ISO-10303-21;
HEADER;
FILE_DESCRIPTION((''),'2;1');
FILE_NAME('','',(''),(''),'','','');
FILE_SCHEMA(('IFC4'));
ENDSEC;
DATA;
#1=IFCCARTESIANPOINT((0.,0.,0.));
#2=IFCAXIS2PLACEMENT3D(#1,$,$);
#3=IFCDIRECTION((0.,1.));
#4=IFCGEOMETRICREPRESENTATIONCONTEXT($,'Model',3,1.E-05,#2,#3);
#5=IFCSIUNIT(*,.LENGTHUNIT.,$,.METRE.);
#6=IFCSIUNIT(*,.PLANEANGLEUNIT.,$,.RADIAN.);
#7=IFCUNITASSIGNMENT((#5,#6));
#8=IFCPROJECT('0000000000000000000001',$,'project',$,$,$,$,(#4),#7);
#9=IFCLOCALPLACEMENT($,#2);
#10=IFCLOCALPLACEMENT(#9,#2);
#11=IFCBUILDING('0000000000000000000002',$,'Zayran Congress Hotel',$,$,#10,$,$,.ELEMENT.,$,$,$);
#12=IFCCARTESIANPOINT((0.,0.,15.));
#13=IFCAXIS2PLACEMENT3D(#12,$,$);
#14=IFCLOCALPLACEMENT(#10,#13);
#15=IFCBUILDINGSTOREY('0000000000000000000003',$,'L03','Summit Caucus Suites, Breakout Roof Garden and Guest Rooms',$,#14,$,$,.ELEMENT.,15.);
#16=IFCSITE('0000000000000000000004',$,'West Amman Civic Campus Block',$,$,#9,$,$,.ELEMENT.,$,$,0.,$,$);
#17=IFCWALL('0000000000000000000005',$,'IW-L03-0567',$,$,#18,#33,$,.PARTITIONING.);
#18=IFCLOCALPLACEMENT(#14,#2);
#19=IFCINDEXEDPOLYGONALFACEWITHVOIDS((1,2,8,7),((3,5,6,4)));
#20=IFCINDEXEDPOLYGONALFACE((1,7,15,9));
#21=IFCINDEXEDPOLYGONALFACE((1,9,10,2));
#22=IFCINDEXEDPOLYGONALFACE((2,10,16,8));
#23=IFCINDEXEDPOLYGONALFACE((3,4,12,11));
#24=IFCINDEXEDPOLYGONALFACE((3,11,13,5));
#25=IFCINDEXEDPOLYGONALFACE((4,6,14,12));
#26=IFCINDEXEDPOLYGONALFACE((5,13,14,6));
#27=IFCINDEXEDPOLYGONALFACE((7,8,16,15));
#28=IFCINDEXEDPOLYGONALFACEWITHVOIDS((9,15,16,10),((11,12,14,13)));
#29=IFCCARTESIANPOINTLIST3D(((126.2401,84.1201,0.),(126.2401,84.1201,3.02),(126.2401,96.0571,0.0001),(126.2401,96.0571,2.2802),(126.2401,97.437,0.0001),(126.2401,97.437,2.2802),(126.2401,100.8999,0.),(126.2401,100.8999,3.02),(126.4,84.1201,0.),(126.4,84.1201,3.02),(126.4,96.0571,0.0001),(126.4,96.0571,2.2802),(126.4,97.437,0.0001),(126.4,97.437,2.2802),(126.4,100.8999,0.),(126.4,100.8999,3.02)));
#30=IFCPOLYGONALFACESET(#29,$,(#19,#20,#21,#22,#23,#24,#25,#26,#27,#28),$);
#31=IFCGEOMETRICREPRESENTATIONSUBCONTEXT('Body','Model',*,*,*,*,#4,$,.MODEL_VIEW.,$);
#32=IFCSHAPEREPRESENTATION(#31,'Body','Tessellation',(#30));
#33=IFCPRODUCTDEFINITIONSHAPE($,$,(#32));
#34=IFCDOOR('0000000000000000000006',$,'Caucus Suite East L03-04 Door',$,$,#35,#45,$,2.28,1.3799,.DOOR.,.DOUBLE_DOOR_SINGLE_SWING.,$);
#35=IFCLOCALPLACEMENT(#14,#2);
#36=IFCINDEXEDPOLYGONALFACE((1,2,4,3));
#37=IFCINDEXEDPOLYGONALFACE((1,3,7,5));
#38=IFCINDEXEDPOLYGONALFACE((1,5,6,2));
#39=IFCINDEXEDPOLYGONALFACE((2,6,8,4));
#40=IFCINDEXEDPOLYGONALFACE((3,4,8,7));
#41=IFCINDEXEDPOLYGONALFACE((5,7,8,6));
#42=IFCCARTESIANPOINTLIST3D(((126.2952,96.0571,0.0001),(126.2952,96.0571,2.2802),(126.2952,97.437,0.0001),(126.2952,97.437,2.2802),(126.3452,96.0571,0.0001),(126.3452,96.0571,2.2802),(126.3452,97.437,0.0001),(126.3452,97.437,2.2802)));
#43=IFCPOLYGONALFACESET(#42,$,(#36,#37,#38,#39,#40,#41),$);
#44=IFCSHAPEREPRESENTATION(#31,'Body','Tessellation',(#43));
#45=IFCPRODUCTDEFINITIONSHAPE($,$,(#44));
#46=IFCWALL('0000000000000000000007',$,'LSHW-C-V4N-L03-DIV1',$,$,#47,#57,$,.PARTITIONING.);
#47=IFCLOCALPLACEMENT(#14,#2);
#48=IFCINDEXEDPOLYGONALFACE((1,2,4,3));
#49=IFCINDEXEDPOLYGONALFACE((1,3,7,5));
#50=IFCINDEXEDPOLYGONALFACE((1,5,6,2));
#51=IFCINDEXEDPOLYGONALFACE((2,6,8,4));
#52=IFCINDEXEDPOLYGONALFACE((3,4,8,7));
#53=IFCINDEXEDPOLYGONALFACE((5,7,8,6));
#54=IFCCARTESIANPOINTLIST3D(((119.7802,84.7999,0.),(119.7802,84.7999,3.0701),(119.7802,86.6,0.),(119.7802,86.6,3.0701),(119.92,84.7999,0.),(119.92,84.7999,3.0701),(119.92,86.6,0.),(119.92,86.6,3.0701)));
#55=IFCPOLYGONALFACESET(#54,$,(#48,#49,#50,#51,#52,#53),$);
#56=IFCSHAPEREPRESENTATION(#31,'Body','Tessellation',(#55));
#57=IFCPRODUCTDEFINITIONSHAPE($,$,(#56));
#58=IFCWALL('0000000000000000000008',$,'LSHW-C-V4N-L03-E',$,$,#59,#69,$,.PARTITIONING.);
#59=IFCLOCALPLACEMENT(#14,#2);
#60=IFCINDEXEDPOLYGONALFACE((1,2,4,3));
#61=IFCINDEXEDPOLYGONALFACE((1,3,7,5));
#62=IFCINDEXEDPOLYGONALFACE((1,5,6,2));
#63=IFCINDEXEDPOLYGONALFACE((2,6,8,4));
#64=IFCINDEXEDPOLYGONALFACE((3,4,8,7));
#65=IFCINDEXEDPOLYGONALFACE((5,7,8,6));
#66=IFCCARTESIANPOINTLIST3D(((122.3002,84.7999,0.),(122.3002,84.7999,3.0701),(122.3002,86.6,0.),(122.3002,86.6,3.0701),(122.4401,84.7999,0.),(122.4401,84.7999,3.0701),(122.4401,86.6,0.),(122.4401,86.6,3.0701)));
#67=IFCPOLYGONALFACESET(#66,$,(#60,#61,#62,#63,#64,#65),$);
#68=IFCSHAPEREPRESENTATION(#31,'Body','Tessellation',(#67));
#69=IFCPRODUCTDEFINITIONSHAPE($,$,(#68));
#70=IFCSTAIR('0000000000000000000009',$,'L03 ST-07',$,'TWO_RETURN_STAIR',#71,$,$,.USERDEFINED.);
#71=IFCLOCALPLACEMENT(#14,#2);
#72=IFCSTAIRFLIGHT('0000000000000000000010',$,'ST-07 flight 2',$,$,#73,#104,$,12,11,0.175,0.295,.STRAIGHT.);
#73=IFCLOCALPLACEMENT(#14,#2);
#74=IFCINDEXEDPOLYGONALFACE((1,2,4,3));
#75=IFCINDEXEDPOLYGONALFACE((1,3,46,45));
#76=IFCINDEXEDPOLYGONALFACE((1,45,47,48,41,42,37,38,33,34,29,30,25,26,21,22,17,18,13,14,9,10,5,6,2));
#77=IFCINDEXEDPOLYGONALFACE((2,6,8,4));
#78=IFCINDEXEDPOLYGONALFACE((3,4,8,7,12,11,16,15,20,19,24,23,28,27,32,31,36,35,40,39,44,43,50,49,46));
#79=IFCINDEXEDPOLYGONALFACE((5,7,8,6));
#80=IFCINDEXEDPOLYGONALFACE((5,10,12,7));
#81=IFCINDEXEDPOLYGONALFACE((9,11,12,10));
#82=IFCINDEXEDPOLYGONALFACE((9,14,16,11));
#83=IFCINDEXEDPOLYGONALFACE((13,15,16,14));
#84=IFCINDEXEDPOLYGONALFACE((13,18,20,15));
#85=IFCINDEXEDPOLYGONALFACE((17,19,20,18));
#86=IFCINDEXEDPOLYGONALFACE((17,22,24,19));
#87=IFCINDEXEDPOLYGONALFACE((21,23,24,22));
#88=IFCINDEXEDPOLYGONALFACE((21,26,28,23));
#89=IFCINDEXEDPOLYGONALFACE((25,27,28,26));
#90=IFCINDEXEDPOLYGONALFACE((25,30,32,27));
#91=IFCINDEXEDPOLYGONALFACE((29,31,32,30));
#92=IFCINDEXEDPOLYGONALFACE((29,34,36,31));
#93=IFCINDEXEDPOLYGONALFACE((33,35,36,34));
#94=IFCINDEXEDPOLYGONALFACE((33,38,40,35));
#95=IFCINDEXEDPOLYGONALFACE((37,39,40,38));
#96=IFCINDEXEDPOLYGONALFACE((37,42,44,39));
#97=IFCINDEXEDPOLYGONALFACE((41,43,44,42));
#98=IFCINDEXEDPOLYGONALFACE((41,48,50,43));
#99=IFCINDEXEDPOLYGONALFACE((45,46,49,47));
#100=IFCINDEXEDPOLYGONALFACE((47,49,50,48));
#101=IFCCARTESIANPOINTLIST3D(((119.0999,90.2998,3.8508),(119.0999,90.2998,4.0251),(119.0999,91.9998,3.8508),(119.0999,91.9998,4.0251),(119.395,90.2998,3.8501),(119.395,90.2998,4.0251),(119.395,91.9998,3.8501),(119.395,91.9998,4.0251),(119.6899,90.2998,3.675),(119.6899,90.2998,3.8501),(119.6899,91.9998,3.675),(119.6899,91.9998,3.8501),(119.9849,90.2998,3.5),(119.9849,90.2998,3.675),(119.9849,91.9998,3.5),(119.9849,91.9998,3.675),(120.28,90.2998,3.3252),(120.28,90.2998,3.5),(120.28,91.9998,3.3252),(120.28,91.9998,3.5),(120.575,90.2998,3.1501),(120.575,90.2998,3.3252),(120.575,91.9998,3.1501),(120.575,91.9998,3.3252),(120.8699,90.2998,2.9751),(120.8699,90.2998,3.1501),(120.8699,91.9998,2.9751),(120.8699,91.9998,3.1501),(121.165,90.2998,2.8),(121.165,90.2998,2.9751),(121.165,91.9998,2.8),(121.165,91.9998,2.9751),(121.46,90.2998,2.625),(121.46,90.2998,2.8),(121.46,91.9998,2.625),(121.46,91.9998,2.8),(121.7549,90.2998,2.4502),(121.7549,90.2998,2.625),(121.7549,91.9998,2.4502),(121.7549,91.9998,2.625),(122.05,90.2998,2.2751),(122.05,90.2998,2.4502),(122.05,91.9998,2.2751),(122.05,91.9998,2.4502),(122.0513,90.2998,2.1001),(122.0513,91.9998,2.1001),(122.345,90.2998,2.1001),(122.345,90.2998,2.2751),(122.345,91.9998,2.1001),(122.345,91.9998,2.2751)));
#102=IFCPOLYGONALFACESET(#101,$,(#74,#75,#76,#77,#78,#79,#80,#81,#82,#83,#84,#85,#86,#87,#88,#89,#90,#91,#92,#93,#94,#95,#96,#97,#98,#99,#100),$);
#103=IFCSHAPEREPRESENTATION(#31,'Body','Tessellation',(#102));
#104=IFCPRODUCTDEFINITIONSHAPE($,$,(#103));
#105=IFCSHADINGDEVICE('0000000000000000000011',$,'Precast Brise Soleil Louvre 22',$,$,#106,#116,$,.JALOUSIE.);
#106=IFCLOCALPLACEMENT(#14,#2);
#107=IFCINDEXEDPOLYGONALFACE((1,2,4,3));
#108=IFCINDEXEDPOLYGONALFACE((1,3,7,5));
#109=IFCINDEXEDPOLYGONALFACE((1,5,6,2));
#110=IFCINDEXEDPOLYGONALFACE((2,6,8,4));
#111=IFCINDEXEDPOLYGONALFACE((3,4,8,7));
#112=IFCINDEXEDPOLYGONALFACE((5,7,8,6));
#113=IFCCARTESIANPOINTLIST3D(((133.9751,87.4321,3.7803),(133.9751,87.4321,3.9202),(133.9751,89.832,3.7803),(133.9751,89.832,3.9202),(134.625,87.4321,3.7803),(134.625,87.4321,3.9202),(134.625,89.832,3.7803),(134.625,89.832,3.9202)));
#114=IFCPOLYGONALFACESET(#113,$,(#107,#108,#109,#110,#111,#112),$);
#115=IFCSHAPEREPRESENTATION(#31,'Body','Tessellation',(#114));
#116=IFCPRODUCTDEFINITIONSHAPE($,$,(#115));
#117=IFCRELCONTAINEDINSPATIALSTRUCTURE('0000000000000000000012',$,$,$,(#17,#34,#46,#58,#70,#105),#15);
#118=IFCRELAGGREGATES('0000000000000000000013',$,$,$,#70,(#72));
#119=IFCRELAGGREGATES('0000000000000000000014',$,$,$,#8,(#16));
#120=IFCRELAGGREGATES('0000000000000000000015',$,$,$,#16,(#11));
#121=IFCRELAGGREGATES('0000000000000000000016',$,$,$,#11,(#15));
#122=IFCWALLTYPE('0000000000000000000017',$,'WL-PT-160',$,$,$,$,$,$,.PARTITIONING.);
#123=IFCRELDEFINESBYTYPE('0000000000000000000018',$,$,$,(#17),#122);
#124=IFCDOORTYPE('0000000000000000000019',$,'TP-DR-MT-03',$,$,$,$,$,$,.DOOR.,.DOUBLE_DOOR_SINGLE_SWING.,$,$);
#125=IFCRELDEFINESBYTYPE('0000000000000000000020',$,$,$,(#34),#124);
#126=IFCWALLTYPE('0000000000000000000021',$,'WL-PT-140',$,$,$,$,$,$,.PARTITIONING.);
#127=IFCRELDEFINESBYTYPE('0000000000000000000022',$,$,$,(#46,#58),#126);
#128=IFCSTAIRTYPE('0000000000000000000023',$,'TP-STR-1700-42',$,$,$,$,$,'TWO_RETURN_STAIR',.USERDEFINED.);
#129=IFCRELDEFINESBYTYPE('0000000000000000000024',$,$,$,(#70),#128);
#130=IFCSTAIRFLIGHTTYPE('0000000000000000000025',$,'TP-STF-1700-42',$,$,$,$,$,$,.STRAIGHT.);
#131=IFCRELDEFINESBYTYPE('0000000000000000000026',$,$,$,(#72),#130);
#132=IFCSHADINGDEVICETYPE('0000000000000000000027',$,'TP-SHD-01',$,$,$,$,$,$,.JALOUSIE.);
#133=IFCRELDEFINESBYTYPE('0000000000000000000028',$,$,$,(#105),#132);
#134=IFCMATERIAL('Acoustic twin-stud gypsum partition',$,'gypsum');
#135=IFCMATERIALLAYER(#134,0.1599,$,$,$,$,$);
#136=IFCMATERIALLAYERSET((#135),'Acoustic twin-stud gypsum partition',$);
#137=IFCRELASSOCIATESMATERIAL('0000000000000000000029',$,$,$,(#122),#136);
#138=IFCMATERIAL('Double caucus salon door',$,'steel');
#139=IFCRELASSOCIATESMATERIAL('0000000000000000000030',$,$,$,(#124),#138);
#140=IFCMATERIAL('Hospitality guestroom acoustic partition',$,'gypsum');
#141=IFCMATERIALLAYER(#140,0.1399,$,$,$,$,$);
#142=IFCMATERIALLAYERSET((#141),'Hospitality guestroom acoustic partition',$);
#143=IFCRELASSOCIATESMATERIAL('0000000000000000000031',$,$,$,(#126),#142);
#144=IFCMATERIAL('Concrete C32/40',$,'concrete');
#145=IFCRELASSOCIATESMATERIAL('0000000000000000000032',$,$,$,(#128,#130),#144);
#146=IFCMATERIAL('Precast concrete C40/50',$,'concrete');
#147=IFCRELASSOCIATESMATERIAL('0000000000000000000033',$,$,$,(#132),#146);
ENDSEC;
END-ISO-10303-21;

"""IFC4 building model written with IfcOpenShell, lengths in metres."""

from ifc_helpers import new_model, si_unit, direction, frame, frame_2d, origin, origin_2d, place, context, subcontext, project, spatial, polyline, rectangle, outline, extrude, material, layer, layer_set, type_object, element, fill, aggregate, save


model = new_model("IFC4")

# Units and contexts
model_context = context("Model", 3, precision=1e-05, world=origin(), true_north=direction((0.0, 1.0)))
body_context = subcontext(model_context, "Body", "Model", "MODEL_VIEW")
ifc_project = project(units=[si_unit("LENGTHUNIT", "METRE"), si_unit("PLANEANGLEUNIT", "RADIAN")], contexts=[model_context])

# Site, building, storey
site_placement = place(None, origin())
site = spatial("IfcSite", under=ifc_project, at=site_placement, Name="West Amman Civic Campus Block", CompositionType="ELEMENT", RefElevation=0.0)
building_placement = place(site_placement, origin())
building = spatial("IfcBuilding", under=site, at=building_placement, Name="Zayran Congress Hotel", CompositionType="ELEMENT")
storey_placement = place(building_placement, frame((0.0, 0.0, 15.0)))
storey = spatial("IfcBuildingStorey", under=building, at=storey_placement, Name="L03", Description="Summit Caucus Suites, Breakout Roof Garden and Guest Rooms", CompositionType="ELEMENT", Elevation=15.0)

# Shared definitions
ifc_material_1 = material(Name="Concrete C32/40", Category="concrete")

# Wall, opening, door
ifc_material_2 = material(Name="Acoustic twin-stud gypsum partition", Category="gypsum")
ifc_layer_1 = layer(ifc_material_2, 0.1599)
ifc_layer_set_1 = layer_set([ifc_layer_1], Name="Acoustic twin-stud gypsum partition")
wall_type_1 = type_object("IfcWallType", Name="WL-PT-160", PredefinedType="PARTITIONING", material=ifc_layer_set_1)
wall_1_placement = place(storey_placement, frame((126.3201, 84.1201, 0.0), z_axis=(0.0, 0.0, 1.0), x_axis=(0.0, 1.0, 0.0)))
wall_1 = element("IfcWall", 1, at=wall_1_placement, inside=storey, type_object=wall_type_1, Name="IW-L03-0567", PredefinedType="PARTITIONING", context=body_context, shape_type="SweptSolid", body=[
    extrude(rectangle(XDim=16.7798, YDim=0.1599, at=frame_2d((8.3899, 0.0))), origin(), (0.0, 0.0, 1.0), 3.02),
])
opening_1_placement = place(wall_1_placement, frame((11.937, 0.0, 0.0)))
opening_1 = element("IfcOpeningElement", 2, at=opening_1_placement, cuts=wall_1, PredefinedType="OPENING", context=body_context, shape_type="SweptSolid", body=[
    extrude(rectangle(XDim=1.3799, YDim=2.28, at=frame_2d((0.6899, 1.1401))), frame((0.0, 0.0898, 0.0), z_axis=(0.0, -1.0, 0.0), x_axis=(1.0, 0.0, 0.0)), (0.0, 0.0, 1.0), 0.1799),
])
ifc_material_3 = material(Name="Double caucus salon door", Category="steel")
door_type = type_object("IfcDoorType", Name="TP-DR-MT-03", OperationType="DOUBLE_DOOR_SINGLE_SWING", PredefinedType="DOOR", material=ifc_material_3)
door_placement = place(opening_1_placement, origin())
door = element("IfcDoor", 3, at=door_placement, inside=storey, type_object=door_type, Name="Caucus Suite East L03-04 Door", OperationType="DOUBLE_DOOR_SINGLE_SWING", OverallHeight=2.28, OverallWidth=1.3799, PredefinedType="DOOR", context=body_context, shape_type="SweptSolid", body=[
    extrude(rectangle(XDim=1.3799, YDim=2.28, at=frame_2d((0.6899, 1.1401))), frame((0.0, 0.0249, 0.0), z_axis=(0.0, -1.0, 0.0), x_axis=(1.0, 0.0, 0.0)), (0.0, 0.0, 1.0), 0.05),
])
fill(opening_1, door)

# Walls
ifc_material_4 = material(Name="Hospitality guestroom acoustic partition", Category="gypsum")
ifc_layer_2 = layer(ifc_material_4, 0.1399)
ifc_layer_set_2 = layer_set([ifc_layer_2], Name="Hospitality guestroom acoustic partition")
wall_type_2 = type_object("IfcWallType", Name="WL-PT-140", PredefinedType="PARTITIONING", material=ifc_layer_set_2)
for number, where, z_axis, x_axis, name in (
    (4, (119.8501, 84.8, 0.0), (0.0, 0.0, 1.0), (0.0, 1.0, 0.0), "LSHW-C-V4N-L03-DIV1"),
    (5, (122.3701, 84.8, 0.0), (0.0, 0.0, 1.0), (0.0, 1.0, 0.0), "LSHW-C-V4N-L03-E"),
):
    element("IfcWall", number, at=place(storey_placement, frame(where, z_axis=z_axis, x_axis=x_axis)), inside=storey, type_object=wall_type_2, Name=name, PredefinedType="PARTITIONING", context=body_context, shape_type="SweptSolid", body=[
        extrude(rectangle(XDim=1.8, YDim=0.1399, at=frame_2d((0.8999, 0.0))), origin(), (0.0, 0.0, 1.0), 3.0701),
    ])

# Stair, stair flight
stair_type = type_object("IfcStairType", Name="TP-STR-1700-42", ElementType="TWO_RETURN_STAIR", PredefinedType="USERDEFINED", material=ifc_material_1)
stair_placement = place(storey_placement, origin())
stair = element("IfcStair", 6, at=stair_placement, inside=storey, type_object=stair_type, Name="L03 ST-07", ObjectType="TWO_RETURN_STAIR", PredefinedType="USERDEFINED")
stair_flight_type = type_object("IfcStairFlightType", Name="TP-STF-1700-42", PredefinedType="STRAIGHT", material=ifc_material_1)
stair_flight_placement = place(storey_placement, frame((122.345, 91.1499, 2.1001), z_axis=(0.0, 0.0, 1.0), x_axis=(-1.0, 0.0, 0.0)))
stair_flight = element("IfcStairFlight", 7, at=stair_flight_placement, type_object=stair_flight_type, Name="ST-07 flight 2", NumberOfRisers=12, NumberOfTreads=11, PredefinedType="STRAIGHT", RiserHeight=0.175, TreadLength=0.295, context=body_context, shape_type="SweptSolid", body=[
    extrude(outline(polyline([(0.0, 0.0), (0.0, 0.175), (0.2949, 0.175), (0.2949, 0.3501), (0.5901, 0.3501), (0.5901, 0.5249), (0.885, 0.5249), (0.885, 0.7), (1.1799, 0.7), (1.1799, 0.875), (1.4751, 0.875), (1.4751, 1.05), (1.77, 1.05), (1.77, 1.2251), (2.0649, 1.2251), (2.0649, 1.3999), (2.3601, 1.3999), (2.3601, 1.575), (2.655, 1.575), (2.655, 1.75), (2.95, 1.75), (2.95, 1.925), (3.2451, 1.925), (3.2451, 2.1001), (3.2451, 1.7507), (0.2937, 0.0), (0.0, 0.0)])), frame((0.0, 0.8501, 0.0), z_axis=(0.0, -1.0, 0.0), x_axis=(1.0, 0.0, 0.0)), (0.0, 0.0, 1.0), 1.7),
])
aggregate(stair, [stair_flight])

# Shading device
ifc_material_5 = material(Name="Precast concrete C40/50", Category="concrete")
shading_device_type = type_object("IfcShadingDeviceType", Name="TP-SHD-01", PredefinedType="JALOUSIE", material=ifc_material_5)
shading_device_placement = place(storey_placement, frame((134.3, 88.6321, 3.7803), z_axis=(0.0, 0.0, 1.0), x_axis=(0.0, 1.0, 0.0)))
element("IfcShadingDevice", 8, at=shading_device_placement, inside=storey, type_object=shading_device_type, Name="Precast Brise Soleil Louvre 22", PredefinedType="JALOUSIE", context=body_context, shape_type="SweptSolid", body=[
    extrude(rectangle(XDim=2.3999, YDim=0.6499, at=origin_2d()), origin(), (0.0, 0.0, 1.0), 0.1399),
])

save(model, "model.ifc")
